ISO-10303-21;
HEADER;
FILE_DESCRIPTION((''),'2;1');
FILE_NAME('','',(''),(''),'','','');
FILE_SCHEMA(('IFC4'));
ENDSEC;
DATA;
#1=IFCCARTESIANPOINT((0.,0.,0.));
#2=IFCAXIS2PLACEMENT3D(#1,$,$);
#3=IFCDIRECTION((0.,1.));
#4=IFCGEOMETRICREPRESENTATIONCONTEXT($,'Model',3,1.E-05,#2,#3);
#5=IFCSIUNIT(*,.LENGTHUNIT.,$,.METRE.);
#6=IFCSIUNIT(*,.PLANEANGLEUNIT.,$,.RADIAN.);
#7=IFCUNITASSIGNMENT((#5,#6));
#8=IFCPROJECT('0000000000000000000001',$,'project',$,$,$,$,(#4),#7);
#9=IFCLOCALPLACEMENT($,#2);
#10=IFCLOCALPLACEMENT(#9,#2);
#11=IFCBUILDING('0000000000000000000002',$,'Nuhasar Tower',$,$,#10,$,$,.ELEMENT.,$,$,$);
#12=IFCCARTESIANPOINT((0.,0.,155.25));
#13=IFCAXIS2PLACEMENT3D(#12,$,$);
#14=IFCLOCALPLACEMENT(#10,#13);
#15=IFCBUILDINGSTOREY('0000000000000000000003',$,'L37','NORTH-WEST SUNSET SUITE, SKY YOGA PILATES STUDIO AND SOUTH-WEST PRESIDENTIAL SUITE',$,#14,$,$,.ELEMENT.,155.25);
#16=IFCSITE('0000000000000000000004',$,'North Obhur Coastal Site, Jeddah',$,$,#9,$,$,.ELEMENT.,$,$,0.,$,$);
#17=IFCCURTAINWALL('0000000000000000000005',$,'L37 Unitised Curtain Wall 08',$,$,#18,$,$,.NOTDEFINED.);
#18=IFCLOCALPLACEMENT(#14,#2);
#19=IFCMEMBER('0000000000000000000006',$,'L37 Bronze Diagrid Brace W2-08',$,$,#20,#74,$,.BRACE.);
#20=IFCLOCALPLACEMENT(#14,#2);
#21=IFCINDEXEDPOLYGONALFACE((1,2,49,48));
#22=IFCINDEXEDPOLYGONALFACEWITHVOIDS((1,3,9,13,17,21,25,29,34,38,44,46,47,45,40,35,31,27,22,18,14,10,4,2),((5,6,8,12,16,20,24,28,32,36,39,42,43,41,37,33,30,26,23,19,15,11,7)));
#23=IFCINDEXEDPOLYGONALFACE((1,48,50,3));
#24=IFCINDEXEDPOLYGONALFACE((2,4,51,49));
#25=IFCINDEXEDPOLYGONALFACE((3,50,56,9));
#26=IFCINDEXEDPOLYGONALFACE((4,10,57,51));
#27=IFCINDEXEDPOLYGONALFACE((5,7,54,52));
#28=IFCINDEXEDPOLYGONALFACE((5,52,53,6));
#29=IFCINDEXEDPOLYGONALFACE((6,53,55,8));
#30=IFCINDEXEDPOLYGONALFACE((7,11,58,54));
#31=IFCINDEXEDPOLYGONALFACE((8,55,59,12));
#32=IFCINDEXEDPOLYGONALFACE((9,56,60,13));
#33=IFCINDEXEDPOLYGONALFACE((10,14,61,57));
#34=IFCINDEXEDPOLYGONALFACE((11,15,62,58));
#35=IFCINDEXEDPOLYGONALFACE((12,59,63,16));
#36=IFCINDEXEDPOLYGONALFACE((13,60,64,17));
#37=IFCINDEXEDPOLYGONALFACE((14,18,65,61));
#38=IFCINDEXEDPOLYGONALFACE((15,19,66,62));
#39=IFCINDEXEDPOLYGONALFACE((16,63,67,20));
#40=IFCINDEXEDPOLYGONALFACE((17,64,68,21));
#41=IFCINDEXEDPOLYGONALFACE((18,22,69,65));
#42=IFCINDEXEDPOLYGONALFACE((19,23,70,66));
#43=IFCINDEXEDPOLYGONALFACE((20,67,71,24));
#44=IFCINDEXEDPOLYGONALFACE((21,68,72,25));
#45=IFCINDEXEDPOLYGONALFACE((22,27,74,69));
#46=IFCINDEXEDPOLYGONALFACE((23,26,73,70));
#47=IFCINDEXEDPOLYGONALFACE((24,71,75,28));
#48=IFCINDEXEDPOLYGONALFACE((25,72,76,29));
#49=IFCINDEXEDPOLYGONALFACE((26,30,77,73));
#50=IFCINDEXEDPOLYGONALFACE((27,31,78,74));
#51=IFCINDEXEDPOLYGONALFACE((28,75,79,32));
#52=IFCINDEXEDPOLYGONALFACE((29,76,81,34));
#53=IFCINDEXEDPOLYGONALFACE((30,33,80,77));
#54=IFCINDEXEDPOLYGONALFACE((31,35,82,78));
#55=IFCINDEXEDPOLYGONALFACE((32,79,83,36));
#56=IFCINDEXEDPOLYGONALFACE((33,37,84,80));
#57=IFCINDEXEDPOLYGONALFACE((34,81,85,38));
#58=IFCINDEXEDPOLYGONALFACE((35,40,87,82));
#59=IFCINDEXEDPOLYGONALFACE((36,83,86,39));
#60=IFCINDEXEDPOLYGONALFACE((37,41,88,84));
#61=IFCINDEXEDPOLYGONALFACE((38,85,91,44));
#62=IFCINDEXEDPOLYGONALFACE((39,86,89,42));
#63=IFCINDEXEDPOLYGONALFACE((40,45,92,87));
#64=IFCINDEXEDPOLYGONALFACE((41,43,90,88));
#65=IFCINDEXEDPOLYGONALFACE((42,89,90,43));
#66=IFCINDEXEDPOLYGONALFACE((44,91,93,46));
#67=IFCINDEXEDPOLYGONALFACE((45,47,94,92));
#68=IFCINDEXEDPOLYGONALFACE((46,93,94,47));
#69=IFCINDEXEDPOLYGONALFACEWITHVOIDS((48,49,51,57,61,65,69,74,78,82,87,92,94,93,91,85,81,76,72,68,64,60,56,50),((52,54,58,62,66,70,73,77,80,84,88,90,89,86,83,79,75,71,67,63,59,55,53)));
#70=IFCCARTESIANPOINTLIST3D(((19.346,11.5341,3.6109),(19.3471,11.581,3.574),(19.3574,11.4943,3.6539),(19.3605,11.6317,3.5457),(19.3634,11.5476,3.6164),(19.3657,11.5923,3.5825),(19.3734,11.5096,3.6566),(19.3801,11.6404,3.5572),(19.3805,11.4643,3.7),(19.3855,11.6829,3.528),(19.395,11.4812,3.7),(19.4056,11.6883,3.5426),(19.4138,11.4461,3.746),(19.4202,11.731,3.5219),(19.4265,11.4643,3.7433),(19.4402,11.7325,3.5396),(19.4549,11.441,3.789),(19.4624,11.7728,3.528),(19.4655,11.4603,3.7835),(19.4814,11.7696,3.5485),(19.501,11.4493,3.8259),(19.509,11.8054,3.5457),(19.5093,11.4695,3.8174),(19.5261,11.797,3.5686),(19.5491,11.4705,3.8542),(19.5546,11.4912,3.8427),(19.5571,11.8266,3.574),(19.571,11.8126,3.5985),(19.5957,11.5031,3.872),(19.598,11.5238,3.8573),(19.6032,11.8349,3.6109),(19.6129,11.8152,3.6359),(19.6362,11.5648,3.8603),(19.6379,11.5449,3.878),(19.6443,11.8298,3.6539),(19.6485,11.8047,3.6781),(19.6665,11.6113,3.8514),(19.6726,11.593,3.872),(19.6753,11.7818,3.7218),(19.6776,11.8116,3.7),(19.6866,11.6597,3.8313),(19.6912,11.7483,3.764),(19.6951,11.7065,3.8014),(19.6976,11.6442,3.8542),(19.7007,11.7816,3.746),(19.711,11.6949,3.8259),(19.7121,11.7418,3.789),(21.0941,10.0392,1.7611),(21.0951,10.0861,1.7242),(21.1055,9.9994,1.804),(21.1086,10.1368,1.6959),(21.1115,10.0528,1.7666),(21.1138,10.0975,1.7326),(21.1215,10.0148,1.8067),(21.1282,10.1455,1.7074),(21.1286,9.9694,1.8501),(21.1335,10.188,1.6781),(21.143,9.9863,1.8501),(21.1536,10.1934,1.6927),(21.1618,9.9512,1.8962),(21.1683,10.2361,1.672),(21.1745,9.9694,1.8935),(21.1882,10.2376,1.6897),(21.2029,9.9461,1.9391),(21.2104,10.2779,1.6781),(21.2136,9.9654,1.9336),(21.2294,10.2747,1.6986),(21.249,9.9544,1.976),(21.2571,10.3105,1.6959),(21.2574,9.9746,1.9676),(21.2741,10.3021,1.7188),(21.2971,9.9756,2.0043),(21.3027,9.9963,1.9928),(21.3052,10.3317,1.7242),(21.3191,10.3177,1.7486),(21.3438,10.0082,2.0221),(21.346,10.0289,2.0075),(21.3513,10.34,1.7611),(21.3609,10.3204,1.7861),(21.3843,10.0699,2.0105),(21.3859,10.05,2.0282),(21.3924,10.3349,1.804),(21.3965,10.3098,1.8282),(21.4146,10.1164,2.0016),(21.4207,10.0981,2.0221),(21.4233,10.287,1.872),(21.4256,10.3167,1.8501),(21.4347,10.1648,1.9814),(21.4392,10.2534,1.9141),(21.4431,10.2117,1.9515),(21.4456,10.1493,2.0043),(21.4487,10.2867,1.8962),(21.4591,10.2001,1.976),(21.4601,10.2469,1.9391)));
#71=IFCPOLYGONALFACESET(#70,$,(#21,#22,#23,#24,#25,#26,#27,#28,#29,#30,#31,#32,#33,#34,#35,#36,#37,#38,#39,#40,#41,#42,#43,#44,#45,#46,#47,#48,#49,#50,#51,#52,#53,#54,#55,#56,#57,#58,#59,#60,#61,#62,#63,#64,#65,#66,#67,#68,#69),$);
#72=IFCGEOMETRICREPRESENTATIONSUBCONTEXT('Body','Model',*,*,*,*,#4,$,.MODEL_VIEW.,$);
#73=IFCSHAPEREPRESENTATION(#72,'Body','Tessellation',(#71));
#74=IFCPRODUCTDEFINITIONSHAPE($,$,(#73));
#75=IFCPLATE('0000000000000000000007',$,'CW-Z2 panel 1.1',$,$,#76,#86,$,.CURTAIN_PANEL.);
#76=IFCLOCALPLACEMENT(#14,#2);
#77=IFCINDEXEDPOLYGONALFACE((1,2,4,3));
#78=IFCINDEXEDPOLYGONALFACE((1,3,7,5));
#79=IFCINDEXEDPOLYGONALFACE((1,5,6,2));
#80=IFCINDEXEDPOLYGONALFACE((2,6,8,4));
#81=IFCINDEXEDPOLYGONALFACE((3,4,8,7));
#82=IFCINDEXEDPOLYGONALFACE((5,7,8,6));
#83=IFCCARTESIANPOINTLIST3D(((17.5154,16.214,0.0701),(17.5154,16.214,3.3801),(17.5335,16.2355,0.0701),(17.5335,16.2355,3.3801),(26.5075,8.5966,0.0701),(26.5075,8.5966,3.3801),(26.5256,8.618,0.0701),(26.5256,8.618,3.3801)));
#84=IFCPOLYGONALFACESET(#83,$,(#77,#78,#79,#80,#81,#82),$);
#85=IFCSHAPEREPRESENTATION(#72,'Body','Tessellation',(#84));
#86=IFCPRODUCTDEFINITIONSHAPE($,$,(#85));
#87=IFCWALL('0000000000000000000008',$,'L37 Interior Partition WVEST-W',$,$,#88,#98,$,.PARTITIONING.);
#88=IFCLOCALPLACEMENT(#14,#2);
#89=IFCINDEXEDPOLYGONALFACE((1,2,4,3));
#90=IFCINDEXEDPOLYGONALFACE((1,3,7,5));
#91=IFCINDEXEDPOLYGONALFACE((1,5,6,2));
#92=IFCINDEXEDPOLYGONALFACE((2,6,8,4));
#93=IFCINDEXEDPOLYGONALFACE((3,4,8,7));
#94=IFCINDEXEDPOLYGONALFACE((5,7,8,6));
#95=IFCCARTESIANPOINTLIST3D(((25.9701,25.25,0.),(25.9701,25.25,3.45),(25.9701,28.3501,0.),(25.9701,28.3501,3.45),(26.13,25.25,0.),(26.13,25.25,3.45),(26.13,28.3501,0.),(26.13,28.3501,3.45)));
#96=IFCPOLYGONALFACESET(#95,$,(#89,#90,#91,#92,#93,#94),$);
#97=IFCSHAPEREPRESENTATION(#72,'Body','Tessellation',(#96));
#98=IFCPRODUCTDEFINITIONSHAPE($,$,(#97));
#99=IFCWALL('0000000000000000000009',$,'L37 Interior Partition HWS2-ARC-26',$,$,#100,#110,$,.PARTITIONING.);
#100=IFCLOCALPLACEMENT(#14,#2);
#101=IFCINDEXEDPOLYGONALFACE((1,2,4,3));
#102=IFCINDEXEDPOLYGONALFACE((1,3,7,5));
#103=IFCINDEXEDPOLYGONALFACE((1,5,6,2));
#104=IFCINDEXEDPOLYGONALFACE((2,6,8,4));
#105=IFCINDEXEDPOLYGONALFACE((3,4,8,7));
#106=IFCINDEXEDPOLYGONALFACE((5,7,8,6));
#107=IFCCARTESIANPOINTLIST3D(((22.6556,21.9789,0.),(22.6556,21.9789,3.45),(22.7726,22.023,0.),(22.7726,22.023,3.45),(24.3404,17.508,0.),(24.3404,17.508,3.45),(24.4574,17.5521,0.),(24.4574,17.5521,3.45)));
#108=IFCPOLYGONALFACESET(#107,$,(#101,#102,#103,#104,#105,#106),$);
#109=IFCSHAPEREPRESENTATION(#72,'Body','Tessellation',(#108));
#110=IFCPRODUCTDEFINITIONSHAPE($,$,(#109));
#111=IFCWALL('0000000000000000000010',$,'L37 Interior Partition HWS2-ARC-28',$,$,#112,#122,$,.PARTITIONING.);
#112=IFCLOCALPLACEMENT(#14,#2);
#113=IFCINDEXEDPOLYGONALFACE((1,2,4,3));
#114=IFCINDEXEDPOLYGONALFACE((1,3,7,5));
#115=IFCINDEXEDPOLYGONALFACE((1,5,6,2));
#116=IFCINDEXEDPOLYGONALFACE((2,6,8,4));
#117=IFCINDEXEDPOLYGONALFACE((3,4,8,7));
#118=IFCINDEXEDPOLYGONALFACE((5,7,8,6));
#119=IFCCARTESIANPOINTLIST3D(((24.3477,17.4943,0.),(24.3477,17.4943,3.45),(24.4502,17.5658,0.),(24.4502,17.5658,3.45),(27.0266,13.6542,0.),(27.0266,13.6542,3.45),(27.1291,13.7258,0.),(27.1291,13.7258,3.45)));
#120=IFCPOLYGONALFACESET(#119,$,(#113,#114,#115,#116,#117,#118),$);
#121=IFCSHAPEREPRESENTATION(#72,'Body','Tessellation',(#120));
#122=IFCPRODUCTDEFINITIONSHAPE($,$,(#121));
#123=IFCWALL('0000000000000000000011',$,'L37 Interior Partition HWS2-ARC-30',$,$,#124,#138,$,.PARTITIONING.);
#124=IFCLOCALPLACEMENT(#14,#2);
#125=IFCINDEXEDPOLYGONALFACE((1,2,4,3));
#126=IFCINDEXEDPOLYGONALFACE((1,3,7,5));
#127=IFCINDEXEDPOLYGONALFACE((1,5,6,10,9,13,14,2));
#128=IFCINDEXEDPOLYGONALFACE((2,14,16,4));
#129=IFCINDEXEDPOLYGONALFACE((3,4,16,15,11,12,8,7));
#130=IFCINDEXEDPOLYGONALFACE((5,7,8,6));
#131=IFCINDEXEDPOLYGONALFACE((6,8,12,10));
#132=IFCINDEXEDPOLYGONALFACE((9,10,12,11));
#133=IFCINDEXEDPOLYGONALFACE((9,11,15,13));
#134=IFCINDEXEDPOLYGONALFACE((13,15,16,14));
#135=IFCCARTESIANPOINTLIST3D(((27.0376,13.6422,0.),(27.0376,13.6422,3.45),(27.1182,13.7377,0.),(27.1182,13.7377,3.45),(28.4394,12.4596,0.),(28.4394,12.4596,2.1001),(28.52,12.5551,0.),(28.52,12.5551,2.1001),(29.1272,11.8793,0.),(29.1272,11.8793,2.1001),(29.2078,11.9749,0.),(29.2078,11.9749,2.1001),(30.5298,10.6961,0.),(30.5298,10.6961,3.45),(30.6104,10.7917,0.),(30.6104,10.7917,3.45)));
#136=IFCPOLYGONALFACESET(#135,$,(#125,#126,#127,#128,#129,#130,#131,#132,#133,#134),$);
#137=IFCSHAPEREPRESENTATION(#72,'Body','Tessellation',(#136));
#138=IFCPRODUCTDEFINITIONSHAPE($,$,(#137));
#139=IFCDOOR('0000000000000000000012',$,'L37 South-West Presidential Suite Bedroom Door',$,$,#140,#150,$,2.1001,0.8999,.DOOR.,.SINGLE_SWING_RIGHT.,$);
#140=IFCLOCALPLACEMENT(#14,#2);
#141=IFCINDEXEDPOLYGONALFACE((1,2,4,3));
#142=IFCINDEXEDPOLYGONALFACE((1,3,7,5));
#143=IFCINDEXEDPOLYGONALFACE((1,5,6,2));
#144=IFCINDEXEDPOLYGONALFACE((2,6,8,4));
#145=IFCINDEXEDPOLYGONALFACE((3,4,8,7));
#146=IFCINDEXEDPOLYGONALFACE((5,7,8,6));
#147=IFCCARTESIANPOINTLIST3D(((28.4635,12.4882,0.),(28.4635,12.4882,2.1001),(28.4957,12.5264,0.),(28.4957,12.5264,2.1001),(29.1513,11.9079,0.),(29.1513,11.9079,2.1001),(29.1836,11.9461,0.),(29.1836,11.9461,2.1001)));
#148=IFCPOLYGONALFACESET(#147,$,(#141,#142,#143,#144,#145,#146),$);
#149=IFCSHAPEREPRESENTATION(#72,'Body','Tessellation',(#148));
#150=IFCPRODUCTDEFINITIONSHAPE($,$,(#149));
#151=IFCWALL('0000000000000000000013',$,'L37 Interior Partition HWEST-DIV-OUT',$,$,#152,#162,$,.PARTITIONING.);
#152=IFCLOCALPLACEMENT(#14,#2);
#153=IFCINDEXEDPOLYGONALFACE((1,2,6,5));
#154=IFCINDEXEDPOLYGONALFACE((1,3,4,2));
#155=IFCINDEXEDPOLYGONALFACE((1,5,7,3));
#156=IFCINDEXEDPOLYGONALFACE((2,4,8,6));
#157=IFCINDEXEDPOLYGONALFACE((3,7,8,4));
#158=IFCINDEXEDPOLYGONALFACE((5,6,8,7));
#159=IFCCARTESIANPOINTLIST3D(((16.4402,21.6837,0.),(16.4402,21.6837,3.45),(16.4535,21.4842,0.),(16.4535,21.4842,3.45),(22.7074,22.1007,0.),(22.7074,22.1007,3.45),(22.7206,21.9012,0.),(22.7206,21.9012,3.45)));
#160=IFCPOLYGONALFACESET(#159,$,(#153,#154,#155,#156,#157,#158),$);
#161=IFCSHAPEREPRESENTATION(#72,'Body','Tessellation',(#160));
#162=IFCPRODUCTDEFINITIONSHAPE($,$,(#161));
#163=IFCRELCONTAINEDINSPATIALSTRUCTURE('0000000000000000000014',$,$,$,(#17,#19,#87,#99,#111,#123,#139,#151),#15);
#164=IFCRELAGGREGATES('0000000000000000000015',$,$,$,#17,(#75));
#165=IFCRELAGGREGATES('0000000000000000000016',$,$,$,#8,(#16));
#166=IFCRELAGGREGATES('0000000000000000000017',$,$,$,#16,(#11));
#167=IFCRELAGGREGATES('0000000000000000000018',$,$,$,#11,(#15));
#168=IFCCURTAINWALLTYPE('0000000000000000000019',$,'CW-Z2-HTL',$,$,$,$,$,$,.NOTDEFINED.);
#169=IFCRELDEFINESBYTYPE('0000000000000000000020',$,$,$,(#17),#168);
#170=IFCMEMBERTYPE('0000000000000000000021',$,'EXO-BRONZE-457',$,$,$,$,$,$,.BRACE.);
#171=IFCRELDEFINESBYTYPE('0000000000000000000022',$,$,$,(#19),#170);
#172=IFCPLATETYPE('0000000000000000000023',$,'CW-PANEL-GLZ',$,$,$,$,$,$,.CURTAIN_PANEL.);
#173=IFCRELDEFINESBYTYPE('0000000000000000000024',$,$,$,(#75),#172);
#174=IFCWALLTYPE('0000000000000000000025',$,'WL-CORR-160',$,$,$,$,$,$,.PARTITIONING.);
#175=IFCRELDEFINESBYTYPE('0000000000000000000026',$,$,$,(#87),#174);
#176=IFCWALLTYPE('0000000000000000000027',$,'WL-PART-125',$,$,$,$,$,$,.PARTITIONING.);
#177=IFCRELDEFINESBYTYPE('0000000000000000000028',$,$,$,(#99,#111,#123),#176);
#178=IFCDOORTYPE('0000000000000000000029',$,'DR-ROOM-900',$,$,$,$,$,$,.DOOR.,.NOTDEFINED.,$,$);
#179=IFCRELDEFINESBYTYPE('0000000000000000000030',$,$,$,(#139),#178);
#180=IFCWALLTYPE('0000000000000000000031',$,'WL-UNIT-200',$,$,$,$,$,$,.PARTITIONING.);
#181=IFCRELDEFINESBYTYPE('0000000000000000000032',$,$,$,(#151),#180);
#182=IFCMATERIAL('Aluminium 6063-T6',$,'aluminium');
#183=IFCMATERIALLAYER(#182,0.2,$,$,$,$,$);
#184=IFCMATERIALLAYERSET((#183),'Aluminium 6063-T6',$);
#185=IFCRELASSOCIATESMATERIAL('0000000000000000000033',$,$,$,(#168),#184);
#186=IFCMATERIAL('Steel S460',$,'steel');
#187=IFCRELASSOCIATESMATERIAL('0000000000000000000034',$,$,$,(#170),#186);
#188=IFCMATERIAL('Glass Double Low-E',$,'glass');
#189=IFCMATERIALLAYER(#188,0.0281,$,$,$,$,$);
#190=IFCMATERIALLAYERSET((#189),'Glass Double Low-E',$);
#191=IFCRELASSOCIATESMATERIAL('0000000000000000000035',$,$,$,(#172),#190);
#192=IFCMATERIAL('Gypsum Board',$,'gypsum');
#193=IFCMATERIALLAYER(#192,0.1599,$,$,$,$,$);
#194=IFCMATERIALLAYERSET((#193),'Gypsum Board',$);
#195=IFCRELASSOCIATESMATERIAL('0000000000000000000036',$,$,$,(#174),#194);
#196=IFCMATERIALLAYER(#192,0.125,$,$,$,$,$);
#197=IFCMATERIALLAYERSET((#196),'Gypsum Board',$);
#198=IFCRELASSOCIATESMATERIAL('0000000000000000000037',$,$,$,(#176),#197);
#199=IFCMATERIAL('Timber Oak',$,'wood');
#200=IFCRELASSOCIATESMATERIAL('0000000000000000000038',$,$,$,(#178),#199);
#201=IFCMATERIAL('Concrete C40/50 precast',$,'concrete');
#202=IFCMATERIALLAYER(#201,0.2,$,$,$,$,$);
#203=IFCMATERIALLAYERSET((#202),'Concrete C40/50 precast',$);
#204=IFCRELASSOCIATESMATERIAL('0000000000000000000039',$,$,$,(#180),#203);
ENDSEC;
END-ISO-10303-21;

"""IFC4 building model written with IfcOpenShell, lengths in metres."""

from ifc_helpers import new_model, si_unit, direction, frame, frame_2d, origin, origin_2d, place, context, subcontext, project, spatial, rectangle, hollow_circle, extrude, material, layer, layer_set, material_profile, profile_set, type_object, element, fill, aggregate, save


model = new_model("IFC4")

# Units and contexts
model_context = context("Model", 3, precision=1e-05, world=origin(), true_north=direction((0.0, 1.0)))
body_context = subcontext(model_context, "Body", "Model", "MODEL_VIEW")
ifc_project = project(units=[si_unit("LENGTHUNIT", "METRE"), si_unit("PLANEANGLEUNIT", "RADIAN")], contexts=[model_context])

# Site, building, storey
site_placement = place(None, origin())
site = spatial("IfcSite", under=ifc_project, at=site_placement, Name="North Obhur Coastal Site, Jeddah", CompositionType="ELEMENT", RefElevation=0.0)
building_placement = place(site_placement, origin())
building = spatial("IfcBuilding", under=site, at=building_placement, Name="Nuhasar Tower", CompositionType="ELEMENT")
storey_placement = place(building_placement, frame((0.0, 0.0, 155.25)))
storey = spatial("IfcBuildingStorey", under=building, at=storey_placement, Name="L37", Description="NORTH-WEST SUNSET SUITE, SKY YOGA PILATES STUDIO AND SOUTH-WEST PRESIDENTIAL SUITE", CompositionType="ELEMENT", Elevation=155.25)

# Curtain wall
ifc_material_1 = material(Name="Aluminium 6063-T6", Category="aluminium")
ifc_layer_1 = layer(ifc_material_1, 0.2)
ifc_layer_set_1 = layer_set([ifc_layer_1], Name="Aluminium 6063-T6")
curtain_wall_type = type_object("IfcCurtainWallType", Name="CW-Z2-HTL", PredefinedType="NOTDEFINED", material=ifc_layer_set_1)
curtain_wall_1_placement = place(storey_placement, origin())
curtain_wall_1 = element("IfcCurtainWall", 1, at=curtain_wall_1_placement, inside=storey, type_object=curtain_wall_type, Name="L37 Unitised Curtain Wall 08", PredefinedType="NOTDEFINED")

# Member
ifc_material_2 = material(Name="Steel S460", Category="steel")
ifc_material_profile_1 = material_profile(ifc_material_2, hollow_circle(Radius=0.2285, WallThickness=0.0222, at=origin_2d()), Name="HSS457X22.2")
ifc_profile_set_1 = profile_set([ifc_material_profile_1], Name="Steel S460")
member_type_1 = type_object("IfcMemberType", Name="EXO-BRONZE-457", PredefinedType="BRACE", material=ifc_profile_set_1)
member_1_placement = place(storey_placement, frame((21.2771, 10.1431, 1.8501), z_axis=(-0.592226, 0.506452, 0.626717), x_axis=(-0.649926, -0.759998, 0.0)))
element("IfcMember", 2, at=member_1_placement, inside=storey, type_object=member_type_1, Name="L37 Bronze Diagrid Brace W2-08", PredefinedType="BRACE", context=body_context, shape_type="SweptSolid", body=[
    extrude(hollow_circle(Radius=0.2285, WallThickness=0.0222, at=origin_2d()), origin(), (0.0, 0.0, 1.0), 2.9517),
])

# Plate
ifc_material_3 = material(Name="Glass Double Low-E", Category="glass")
ifc_layer_2 = layer(ifc_material_3, 0.0281)
ifc_layer_set_2 = layer_set([ifc_layer_2], Name="Glass Double Low-E")
plate_type = type_object("IfcPlateType", Name="CW-PANEL-GLZ", PredefinedType="CURTAIN_PANEL", material=ifc_layer_set_2)
plate_placement = place(storey_placement, frame((22.0205, 12.416, 0.0701), z_axis=(0.0, 0.0, 1.0), x_axis=(0.76302, -0.646374, 0.0)))
plate = element("IfcPlate", 3, at=plate_placement, type_object=plate_type, Name="CW-Z2 panel 1.1", PredefinedType="CURTAIN_PANEL", context=body_context, shape_type="SweptSolid", body=[
    extrude(rectangle(XDim=11.7849, YDim=0.0281, at=origin_2d()), origin(), (0.0, 0.0, 1.0), 3.3101),
])
aggregate(curtain_wall_1, [plate])

# Shared definitions
ifc_material_4 = material(Name="Gypsum Board", Category="gypsum")
ifc_layer_3 = layer(ifc_material_4, 0.1599)
ifc_layer_set_3 = layer_set([ifc_layer_3], Name="Gypsum Board")
wall_type_1 = type_object("IfcWallType", Name="WL-CORR-160", PredefinedType="PARTITIONING", material=ifc_layer_set_3)
ifc_material_5 = material(Name="Timber Oak", Category="wood")

# Walls
wall_1_placement = place(storey_placement, frame((26.05, 25.25, 0.0), z_axis=(0.0, 0.0, 1.0), x_axis=(0.0, 1.0, 0.0)))
element("IfcWall", 4, at=wall_1_placement, inside=storey, type_object=wall_type_1, Name="L37 Interior Partition WVEST-W", PredefinedType="PARTITIONING", context=body_context, shape_type="SweptSolid", body=[
    extrude(rectangle(XDim=3.1001, YDim=0.1599, at=frame_2d((1.55, 0.0))), origin(), (0.0, 0.0, 1.0), 3.45),
])
ifc_layer_4 = layer(ifc_material_4, 0.125)
ifc_layer_set_4 = layer_set([ifc_layer_4], Name="Gypsum Board")
wall_type_2 = type_object("IfcWallType", Name="WL-PART-125", PredefinedType="PARTITIONING", material=ifc_layer_set_4)
wall_2_placement = place(storey_placement, frame((22.7141, 22.001, 0.0), z_axis=(0.0, 0.0, 1.0), x_axis=(0.352629, -0.935763, 0.0)))
element("IfcWall", 5, at=wall_2_placement, inside=storey, type_object=wall_type_2, Name="L37 Interior Partition HWS2-ARC-26", PredefinedType="PARTITIONING", context=body_context, shape_type="SweptSolid", body=[
    extrude(rectangle(XDim=4.7778, YDim=0.125, at=frame_2d((2.3889, 0.0))), origin(), (0.0, 0.0, 1.0), 3.45),
])
wall_3_placement = place(storey_placement, frame((24.3989, 17.53, 0.0), z_axis=(0.0, 0.0, 1.0), x_axis=(0.572156, -0.820145, 0.0)))
element("IfcWall", 6, at=wall_3_placement, inside=storey, type_object=wall_type_2, Name="L37 Interior Partition HWS2-ARC-28", PredefinedType="PARTITIONING", context=body_context, shape_type="SweptSolid", body=[
    extrude(rectangle(XDim=4.6821, YDim=0.125, at=frame_2d((2.3411, 0.0))), origin(), (0.0, 0.0, 1.0), 3.45),
])

# Wall, opening, door
wall_4_placement = place(storey_placement, frame((27.0779, 13.6899, 0.0), z_axis=(0.0, 0.0, 1.0), x_axis=(0.764344, -0.644809, 0.0)))
wall_4 = element("IfcWall", 7, at=wall_4_placement, inside=storey, type_object=wall_type_2, Name="L37 Interior Partition HWS2-ARC-30", PredefinedType="PARTITIONING", context=body_context, shape_type="SweptSolid", body=[
    extrude(rectangle(XDim=4.5688, YDim=0.125, at=frame_2d((2.2844, 0.0))), origin(), (0.0, 0.0, 1.0), 3.45),
])
opening_1_placement = place(wall_4_placement, frame((1.834, 0.0, 0.0)))
opening_1 = element("IfcOpeningElement", 8, at=opening_1_placement, cuts=wall_4, PredefinedType="OPENING", context=body_context, shape_type="SweptSolid", body=[
    extrude(rectangle(XDim=0.8999, YDim=2.1001, at=frame_2d((0.45, 1.05))), frame((0.0, 0.0725, 0.0), z_axis=(0.0, -1.0, 0.0), x_axis=(1.0, 0.0, 0.0)), (0.0, 0.0, 1.0), 0.145),
])
door_type_1 = type_object("IfcDoorType", Name="DR-ROOM-900", OperationType="NOTDEFINED", PredefinedType="DOOR", material=ifc_material_5)
door_1_placement = place(opening_1_placement, origin())
door_1 = element("IfcDoor", 9, at=door_1_placement, inside=storey, type_object=door_type_1, Name="L37 South-West Presidential Suite Bedroom Door", OperationType="SINGLE_SWING_RIGHT", OverallHeight=2.1001, OverallWidth=0.8999, PredefinedType="DOOR", context=body_context, shape_type="SweptSolid", body=[
    extrude(rectangle(XDim=0.8999, YDim=2.1001, at=frame_2d((0.45, 1.05))), frame((0.0, 0.0249, 0.0), z_axis=(0.0, -1.0, 0.0), x_axis=(1.0, 0.0, 0.0)), (0.0, 0.0, 1.0), 0.05),
])
fill(opening_1, door_1)

# Wall
ifc_material_6 = material(Name="Concrete C40/50 precast", Category="concrete")
ifc_layer_5 = layer(ifc_material_6, 0.2)
ifc_layer_set_5 = layer_set([ifc_layer_5], Name="Concrete C40/50 precast")
wall_type_3 = type_object("IfcWallType", Name="WL-UNIT-200", PredefinedType="PARTITIONING", material=ifc_layer_set_5)
wall_5_placement = place(storey_placement, frame((22.7141, 22.001, 0.0), z_axis=(0.0, 0.0, 1.0), x_axis=(-0.997794, -0.06639, 0.0)))
element("IfcWall", 10, at=wall_5_placement, inside=storey, type_object=wall_type_3, Name="L37 Interior Partition HWEST-DIV-OUT", PredefinedType="PARTITIONING", context=body_context, shape_type="SweptSolid", body=[
    extrude(rectangle(XDim=6.281, YDim=0.2, at=frame_2d((3.1406, 0.0))), origin(), (0.0, 0.0, 1.0), 3.45),
])

save(model, "model.ifc")
